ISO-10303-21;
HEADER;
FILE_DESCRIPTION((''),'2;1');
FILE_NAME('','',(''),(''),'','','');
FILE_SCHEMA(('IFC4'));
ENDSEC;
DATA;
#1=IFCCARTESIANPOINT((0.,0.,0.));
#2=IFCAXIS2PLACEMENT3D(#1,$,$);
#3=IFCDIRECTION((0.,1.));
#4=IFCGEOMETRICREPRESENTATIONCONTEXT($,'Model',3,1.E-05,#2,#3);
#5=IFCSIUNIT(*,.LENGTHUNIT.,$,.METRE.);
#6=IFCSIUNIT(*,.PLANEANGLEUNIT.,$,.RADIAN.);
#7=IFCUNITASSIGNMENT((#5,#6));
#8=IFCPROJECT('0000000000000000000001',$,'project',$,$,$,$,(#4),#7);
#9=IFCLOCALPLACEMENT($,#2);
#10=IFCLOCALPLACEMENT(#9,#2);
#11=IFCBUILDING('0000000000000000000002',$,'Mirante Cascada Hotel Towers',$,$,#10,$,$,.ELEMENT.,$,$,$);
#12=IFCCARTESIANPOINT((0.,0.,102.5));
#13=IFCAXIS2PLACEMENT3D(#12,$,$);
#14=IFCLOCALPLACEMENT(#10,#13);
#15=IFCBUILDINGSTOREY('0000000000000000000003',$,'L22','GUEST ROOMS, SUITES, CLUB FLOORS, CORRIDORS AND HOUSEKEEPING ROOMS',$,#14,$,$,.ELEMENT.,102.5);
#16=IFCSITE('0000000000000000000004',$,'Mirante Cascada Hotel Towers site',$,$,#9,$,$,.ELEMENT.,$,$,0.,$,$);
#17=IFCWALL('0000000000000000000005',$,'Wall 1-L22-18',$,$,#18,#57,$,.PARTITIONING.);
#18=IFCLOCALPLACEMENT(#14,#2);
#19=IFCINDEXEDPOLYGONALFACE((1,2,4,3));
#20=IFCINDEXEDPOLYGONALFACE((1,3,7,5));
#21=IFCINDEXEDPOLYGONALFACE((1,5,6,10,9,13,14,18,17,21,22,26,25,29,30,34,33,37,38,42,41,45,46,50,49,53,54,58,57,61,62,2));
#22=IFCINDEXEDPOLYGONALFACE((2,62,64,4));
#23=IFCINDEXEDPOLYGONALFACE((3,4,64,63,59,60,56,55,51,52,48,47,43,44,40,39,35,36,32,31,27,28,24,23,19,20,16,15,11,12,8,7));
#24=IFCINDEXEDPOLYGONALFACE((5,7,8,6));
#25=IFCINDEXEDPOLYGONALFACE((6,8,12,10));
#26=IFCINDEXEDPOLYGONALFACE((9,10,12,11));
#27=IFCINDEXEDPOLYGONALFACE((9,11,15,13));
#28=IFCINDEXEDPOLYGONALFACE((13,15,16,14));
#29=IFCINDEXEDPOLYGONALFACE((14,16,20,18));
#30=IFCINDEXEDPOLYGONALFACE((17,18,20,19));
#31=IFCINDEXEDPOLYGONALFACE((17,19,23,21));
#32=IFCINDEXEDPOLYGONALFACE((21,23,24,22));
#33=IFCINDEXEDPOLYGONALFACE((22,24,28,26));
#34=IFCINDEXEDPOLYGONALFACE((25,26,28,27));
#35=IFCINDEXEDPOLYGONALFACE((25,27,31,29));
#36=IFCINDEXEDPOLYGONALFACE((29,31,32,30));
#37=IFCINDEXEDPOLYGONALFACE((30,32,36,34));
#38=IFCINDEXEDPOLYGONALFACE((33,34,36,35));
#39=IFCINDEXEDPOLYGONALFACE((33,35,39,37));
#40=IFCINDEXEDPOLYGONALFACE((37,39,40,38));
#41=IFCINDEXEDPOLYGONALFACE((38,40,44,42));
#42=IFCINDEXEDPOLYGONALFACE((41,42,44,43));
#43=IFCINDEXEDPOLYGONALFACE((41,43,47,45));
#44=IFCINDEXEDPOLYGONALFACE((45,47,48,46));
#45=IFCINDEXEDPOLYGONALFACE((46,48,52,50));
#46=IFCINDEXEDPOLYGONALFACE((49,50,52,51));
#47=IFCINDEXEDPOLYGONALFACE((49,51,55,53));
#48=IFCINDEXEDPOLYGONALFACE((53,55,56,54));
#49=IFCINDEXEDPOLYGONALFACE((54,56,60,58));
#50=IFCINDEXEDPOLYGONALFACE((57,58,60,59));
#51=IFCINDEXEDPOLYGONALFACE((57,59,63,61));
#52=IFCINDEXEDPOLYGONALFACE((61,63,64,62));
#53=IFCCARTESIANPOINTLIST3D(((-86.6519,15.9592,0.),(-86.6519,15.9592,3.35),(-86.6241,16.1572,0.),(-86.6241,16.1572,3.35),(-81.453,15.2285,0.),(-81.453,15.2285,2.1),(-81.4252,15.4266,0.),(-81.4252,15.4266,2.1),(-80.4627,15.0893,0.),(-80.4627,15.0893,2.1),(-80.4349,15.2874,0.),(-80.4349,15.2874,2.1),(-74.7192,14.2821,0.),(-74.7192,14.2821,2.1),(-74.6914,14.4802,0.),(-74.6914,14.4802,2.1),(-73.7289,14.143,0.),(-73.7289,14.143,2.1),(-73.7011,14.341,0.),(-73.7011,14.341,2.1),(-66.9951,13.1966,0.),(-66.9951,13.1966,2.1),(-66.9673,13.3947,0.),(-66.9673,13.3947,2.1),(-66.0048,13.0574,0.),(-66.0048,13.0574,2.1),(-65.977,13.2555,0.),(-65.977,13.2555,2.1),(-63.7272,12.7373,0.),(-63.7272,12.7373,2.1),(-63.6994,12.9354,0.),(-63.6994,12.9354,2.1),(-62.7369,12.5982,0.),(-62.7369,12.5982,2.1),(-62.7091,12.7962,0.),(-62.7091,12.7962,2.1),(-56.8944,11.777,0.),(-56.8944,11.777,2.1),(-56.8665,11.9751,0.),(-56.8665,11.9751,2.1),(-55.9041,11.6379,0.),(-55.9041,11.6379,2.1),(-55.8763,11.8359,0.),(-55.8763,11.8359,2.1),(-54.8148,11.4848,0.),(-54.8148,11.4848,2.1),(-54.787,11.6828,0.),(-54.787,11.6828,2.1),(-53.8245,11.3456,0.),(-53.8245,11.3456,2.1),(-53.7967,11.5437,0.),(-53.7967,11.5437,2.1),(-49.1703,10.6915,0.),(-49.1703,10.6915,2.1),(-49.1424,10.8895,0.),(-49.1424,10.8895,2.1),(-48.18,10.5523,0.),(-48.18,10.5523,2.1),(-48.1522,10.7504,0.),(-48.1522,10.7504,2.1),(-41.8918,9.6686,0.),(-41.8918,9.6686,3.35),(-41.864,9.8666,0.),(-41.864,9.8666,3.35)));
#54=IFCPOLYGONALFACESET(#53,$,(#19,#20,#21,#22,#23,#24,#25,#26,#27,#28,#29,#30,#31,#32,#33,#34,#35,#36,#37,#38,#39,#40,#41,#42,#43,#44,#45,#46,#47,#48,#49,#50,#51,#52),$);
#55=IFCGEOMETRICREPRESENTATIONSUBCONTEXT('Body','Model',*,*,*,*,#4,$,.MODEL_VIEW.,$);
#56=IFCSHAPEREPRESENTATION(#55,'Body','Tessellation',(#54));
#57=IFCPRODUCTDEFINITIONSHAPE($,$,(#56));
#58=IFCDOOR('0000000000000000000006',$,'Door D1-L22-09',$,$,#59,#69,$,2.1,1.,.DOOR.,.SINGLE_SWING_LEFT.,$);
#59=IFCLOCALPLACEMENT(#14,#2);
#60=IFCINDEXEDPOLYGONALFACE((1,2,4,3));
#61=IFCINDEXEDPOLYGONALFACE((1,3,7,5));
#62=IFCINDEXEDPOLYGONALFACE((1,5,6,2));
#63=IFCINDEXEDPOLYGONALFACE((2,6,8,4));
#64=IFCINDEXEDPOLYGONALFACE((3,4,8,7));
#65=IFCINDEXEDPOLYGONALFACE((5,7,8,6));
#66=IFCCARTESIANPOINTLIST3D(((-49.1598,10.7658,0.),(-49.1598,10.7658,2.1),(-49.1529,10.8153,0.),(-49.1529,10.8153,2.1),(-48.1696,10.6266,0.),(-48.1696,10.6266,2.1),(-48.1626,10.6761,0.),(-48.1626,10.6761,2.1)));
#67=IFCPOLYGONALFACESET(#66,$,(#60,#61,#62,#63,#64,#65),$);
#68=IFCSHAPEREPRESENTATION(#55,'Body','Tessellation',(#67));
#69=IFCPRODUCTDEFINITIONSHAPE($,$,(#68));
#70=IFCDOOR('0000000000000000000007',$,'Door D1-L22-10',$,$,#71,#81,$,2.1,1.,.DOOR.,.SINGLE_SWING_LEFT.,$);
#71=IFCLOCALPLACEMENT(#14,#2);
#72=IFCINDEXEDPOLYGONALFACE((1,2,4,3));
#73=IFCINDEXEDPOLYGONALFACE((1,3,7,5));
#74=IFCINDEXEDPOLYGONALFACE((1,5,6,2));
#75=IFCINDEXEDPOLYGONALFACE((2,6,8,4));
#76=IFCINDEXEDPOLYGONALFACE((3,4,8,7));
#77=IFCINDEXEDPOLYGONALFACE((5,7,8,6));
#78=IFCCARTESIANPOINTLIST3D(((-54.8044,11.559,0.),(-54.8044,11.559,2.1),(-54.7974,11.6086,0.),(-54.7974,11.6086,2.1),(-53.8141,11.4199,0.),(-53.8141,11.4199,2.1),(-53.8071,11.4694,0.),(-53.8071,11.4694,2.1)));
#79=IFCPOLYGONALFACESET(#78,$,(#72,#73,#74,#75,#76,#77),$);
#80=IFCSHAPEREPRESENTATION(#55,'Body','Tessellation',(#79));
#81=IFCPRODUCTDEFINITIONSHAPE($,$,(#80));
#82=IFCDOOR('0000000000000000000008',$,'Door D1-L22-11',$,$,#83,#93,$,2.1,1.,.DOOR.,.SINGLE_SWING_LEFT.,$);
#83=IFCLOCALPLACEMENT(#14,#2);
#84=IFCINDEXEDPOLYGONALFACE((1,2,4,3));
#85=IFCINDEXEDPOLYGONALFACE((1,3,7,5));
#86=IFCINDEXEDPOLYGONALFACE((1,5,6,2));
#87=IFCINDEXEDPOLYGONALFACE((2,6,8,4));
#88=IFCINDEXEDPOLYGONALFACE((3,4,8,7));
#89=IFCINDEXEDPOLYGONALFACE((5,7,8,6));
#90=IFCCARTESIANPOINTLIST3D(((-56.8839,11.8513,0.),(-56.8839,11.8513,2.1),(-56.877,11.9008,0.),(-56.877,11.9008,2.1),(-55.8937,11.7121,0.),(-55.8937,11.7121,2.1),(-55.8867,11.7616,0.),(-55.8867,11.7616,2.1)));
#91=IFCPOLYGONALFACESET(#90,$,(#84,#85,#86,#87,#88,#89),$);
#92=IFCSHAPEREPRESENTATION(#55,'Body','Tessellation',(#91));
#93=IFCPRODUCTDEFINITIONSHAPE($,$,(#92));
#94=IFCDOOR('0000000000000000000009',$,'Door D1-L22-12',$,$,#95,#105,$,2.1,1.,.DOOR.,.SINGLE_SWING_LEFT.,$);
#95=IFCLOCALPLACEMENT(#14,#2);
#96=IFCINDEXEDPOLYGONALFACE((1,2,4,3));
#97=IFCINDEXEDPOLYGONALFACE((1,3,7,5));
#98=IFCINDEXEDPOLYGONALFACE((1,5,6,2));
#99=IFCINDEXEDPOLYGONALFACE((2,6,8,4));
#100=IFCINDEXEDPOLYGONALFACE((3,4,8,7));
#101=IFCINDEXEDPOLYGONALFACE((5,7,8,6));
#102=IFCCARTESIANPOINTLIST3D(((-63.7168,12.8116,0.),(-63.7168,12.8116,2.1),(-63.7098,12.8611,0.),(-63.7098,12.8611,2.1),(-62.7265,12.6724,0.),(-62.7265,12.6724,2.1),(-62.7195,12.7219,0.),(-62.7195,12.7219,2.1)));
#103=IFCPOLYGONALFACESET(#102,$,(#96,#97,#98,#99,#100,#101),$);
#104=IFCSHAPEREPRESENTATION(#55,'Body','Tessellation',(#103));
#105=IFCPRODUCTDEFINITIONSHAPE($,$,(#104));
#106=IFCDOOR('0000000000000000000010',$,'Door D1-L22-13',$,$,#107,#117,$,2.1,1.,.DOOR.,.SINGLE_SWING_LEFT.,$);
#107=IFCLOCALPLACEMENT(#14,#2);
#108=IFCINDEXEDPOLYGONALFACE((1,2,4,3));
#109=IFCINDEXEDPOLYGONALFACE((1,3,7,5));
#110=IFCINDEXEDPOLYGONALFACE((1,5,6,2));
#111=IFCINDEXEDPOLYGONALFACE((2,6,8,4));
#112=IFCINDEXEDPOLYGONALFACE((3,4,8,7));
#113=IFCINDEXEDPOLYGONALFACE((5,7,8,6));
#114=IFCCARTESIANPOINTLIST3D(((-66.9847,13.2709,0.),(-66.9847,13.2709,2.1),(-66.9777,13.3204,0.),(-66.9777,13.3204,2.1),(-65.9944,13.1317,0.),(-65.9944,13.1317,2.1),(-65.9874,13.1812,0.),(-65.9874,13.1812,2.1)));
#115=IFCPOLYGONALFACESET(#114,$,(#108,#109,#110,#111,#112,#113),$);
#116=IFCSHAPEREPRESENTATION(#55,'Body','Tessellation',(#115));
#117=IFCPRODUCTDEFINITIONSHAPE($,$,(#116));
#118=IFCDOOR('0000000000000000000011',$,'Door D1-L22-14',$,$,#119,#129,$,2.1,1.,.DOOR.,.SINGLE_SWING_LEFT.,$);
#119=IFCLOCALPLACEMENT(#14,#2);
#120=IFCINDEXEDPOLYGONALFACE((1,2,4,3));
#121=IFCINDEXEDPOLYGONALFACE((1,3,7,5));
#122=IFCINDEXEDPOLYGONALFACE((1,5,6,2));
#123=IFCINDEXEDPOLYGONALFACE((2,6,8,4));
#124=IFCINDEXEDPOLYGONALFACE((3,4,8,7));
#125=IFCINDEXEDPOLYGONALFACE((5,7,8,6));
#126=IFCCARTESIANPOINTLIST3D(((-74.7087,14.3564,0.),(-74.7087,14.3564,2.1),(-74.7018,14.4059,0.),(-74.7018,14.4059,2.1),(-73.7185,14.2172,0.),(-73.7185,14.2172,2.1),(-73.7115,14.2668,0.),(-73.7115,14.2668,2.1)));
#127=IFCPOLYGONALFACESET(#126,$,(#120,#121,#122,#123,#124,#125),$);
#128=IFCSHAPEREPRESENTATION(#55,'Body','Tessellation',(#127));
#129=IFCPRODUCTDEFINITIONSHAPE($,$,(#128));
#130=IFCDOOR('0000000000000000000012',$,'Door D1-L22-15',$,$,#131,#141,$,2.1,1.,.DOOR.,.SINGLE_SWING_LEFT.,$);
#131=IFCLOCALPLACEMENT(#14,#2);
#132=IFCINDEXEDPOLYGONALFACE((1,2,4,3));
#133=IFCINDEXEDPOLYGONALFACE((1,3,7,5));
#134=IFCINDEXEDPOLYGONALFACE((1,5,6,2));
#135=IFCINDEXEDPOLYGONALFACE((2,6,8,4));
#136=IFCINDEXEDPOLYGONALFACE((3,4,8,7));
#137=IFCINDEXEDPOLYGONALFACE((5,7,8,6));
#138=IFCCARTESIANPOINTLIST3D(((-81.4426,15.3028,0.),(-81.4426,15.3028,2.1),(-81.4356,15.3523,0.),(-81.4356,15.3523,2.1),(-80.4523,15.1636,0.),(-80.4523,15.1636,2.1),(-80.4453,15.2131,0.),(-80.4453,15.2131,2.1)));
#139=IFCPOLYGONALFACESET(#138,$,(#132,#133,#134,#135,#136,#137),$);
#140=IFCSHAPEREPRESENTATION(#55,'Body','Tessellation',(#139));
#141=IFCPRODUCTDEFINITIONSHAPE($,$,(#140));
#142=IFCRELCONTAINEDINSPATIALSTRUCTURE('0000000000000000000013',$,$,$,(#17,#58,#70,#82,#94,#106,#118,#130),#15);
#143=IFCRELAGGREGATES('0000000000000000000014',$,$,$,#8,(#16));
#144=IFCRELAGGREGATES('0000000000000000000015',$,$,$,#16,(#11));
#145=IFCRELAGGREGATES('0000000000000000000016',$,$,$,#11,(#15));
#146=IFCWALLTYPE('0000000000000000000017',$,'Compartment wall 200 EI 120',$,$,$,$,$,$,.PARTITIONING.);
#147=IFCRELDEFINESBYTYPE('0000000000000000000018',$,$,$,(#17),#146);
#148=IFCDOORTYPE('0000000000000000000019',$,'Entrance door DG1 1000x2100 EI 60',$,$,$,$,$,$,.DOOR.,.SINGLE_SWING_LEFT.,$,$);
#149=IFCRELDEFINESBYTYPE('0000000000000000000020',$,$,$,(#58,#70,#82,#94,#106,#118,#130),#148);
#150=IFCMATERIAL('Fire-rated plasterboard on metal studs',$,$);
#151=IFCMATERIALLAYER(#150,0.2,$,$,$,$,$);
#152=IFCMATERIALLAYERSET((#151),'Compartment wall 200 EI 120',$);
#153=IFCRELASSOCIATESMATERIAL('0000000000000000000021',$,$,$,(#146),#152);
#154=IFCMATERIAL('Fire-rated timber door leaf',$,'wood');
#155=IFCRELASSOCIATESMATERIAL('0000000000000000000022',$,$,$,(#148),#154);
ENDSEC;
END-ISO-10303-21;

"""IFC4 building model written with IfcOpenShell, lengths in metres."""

from ifc_helpers import new_model, si_unit, direction, frame, frame_2d, origin, place, context, subcontext, project, spatial, rectangle, extrude, material, layer, layer_set, type_object, element, fill, save


model = new_model("IFC4")

# Units and contexts
model_context = context("Model", 3, precision=1e-05, world=origin(), true_north=direction((0.0, 1.0)))
body_context = subcontext(model_context, "Body", "Model", "MODEL_VIEW")
ifc_project = project(units=[si_unit("LENGTHUNIT", "METRE"), si_unit("PLANEANGLEUNIT", "RADIAN")], contexts=[model_context])

# Site, building, storey
site_placement = place(None, origin())
site = spatial("IfcSite", under=ifc_project, at=site_placement, Name="Mirante Cascada Hotel Towers site", CompositionType="ELEMENT", RefElevation=0.0)
building_placement = place(site_placement, origin())
building = spatial("IfcBuilding", under=site, at=building_placement, Name="Mirante Cascada Hotel Towers", CompositionType="ELEMENT")
storey_placement = place(building_placement, frame((0.0, 0.0, 102.5)))
storey = spatial("IfcBuildingStorey", under=building, at=storey_placement, Name="L22", Description="GUEST ROOMS, SUITES, CLUB FLOORS, CORRIDORS AND HOUSEKEEPING ROOMS", CompositionType="ELEMENT", Elevation=102.5)

# Shared definitions
ifc_material_1 = material(Name="Fire-rated plasterboard on metal studs")
ifc_layer_1 = layer(ifc_material_1, 0.2)
ifc_layer_set_1 = layer_set([ifc_layer_1], Name="Compartment wall 200 EI 120")
wall_type_1 = type_object("IfcWallType", Name="Compartment wall 200 EI 120", PredefinedType="PARTITIONING", material=ifc_layer_set_1)

# Wall, openings, doors
wall_1_placement = place(storey_placement, frame((-86.638, 16.0582, 0.0), z_axis=(0.0, 0.0, 1.0), x_axis=(0.990268, -0.139173, 0.0)))
wall_1 = element("IfcWall", 1, at=wall_1_placement, inside=storey, type_object=wall_type_1, Name="Wall 1-L22-18", PredefinedType="PARTITIONING", context=body_context, shape_type="SweptSolid", body=[
    extrude(rectangle(XDim=45.2, YDim=0.2, at=frame_2d((22.6, 0.0))), origin(), (0.0, 0.0, 1.0), 3.35),
])
opening_1_placement = place(wall_1_placement, frame((37.85, 0.0, 0.0)))
opening_1 = element("IfcOpeningElement", 2, at=opening_1_placement, cuts=wall_1, PredefinedType="OPENING", context=body_context, shape_type="SweptSolid", body=[
    extrude(rectangle(XDim=1.0, YDim=2.1, at=frame_2d((0.5, 1.05))), frame((0.0, 0.1, 0.0), z_axis=(0.0, -1.0, 0.0), x_axis=(1.0, 0.0, 0.0)), (0.0, 0.0, 1.0), 0.2),
])
opening_2_placement = place(wall_1_placement, frame((32.15, 0.0, 0.0)))
opening_2 = element("IfcOpeningElement", 3, at=opening_2_placement, cuts=wall_1, PredefinedType="OPENING", context=body_context, shape_type="SweptSolid", body=[
    extrude(rectangle(XDim=1.0, YDim=2.1, at=frame_2d((0.5, 1.05))), frame((0.0, 0.1, 0.0), z_axis=(0.0, -1.0, 0.0), x_axis=(1.0, 0.0, 0.0)), (0.0, 0.0, 1.0), 0.2),
])
opening_3_placement = place(wall_1_placement, frame((30.05, 0.0, 0.0)))
opening_3 = element("IfcOpeningElement", 4, at=opening_3_placement, cuts=wall_1, PredefinedType="OPENING", context=body_context, shape_type="SweptSolid", body=[
    extrude(rectangle(XDim=1.0, YDim=2.1, at=frame_2d((0.5, 1.05))), frame((0.0, 0.1, 0.0), z_axis=(0.0, -1.0, 0.0), x_axis=(1.0, 0.0, 0.0)), (0.0, 0.0, 1.0), 0.2),
])
opening_4_placement = place(wall_1_placement, frame((23.15, 0.0, 0.0)))
opening_4 = element("IfcOpeningElement", 5, at=opening_4_placement, cuts=wall_1, PredefinedType="OPENING", context=body_context, shape_type="SweptSolid", body=[
    extrude(rectangle(XDim=1.0, YDim=2.1, at=frame_2d((0.5, 1.05))), frame((0.0, 0.1, 0.0), z_axis=(0.0, -1.0, 0.0), x_axis=(1.0, 0.0, 0.0)), (0.0, 0.0, 1.0), 0.2),
])
opening_5_placement = place(wall_1_placement, frame((19.85, 0.0, 0.0)))
opening_5 = element("IfcOpeningElement", 6, at=opening_5_placement, cuts=wall_1, PredefinedType="OPENING", context=body_context, shape_type="SweptSolid", body=[
    extrude(rectangle(XDim=1.0, YDim=2.1, at=frame_2d((0.5, 1.05))), frame((0.0, 0.1, 0.0), z_axis=(0.0, -1.0, 0.0), x_axis=(1.0, 0.0, 0.0)), (0.0, 0.0, 1.0), 0.2),
])
opening_6_placement = place(wall_1_placement, frame((12.05, 0.0, 0.0)))
opening_6 = element("IfcOpeningElement", 7, at=opening_6_placement, cuts=wall_1, PredefinedType="OPENING", context=body_context, shape_type="SweptSolid", body=[
    extrude(rectangle(XDim=1.0, YDim=2.1, at=frame_2d((0.5, 1.05))), frame((0.0, 0.1, 0.0), z_axis=(0.0, -1.0, 0.0), x_axis=(1.0, 0.0, 0.0)), (0.0, 0.0, 1.0), 0.2),
])
opening_7_placement = place(wall_1_placement, frame((5.25, 0.0, 0.0)))
opening_7 = element("IfcOpeningElement", 8, at=opening_7_placement, cuts=wall_1, PredefinedType="OPENING", context=body_context, shape_type="SweptSolid", body=[
    extrude(rectangle(XDim=1.0, YDim=2.1, at=frame_2d((0.5, 1.05))), frame((0.0, 0.1, 0.0), z_axis=(0.0, -1.0, 0.0), x_axis=(1.0, 0.0, 0.0)), (0.0, 0.0, 1.0), 0.2),
])
ifc_material_2 = material(Name="Fire-rated timber door leaf", Category="wood")
door_type_1 = type_object("IfcDoorType", Name="Entrance door DG1 1000x2100 EI 60", OperationType="SINGLE_SWING_LEFT", PredefinedType="DOOR", material=ifc_material_2)
door_1_placement = place(opening_1_placement, origin())
door_1 = element("IfcDoor", 9, at=door_1_placement, inside=storey, type_object=door_type_1, Name="Door D1-L22-09", OperationType="SINGLE_SWING_LEFT", OverallHeight=2.1, OverallWidth=1.0, PredefinedType="DOOR", context=body_context, shape_type="SweptSolid", body=[
    extrude(rectangle(XDim=1.0, YDim=2.1, at=frame_2d((0.5, 1.05))), frame((0.0, 0.025, 0.0), z_axis=(0.0, -1.0, 0.0), x_axis=(1.0, 0.0, 0.0)), (0.0, 0.0, 1.0), 0.05),
])
fill(opening_1, door_1)
door_2_placement = place(opening_2_placement, origin())
door_2 = element("IfcDoor", 10, at=door_2_placement, inside=storey, type_object=door_type_1, Name="Door D1-L22-10", OperationType="SINGLE_SWING_LEFT", OverallHeight=2.1, OverallWidth=1.0, PredefinedType="DOOR", context=body_context, shape_type="SweptSolid", body=[
    extrude(rectangle(XDim=1.0, YDim=2.1, at=frame_2d((0.5, 1.05))), frame((0.0, 0.025, 0.0), z_axis=(0.0, -1.0, 0.0), x_axis=(1.0, 0.0, 0.0)), (0.0, 0.0, 1.0), 0.05),
])
fill(opening_2, door_2)
door_3_placement = place(opening_3_placement, origin())
door_3 = element("IfcDoor", 11, at=door_3_placement, inside=storey, type_object=door_type_1, Name="Door D1-L22-11", OperationType="SINGLE_SWING_LEFT", OverallHeight=2.1, OverallWidth=1.0, PredefinedType="DOOR", context=body_context, shape_type="SweptSolid", body=[
    extrude(rectangle(XDim=1.0, YDim=2.1, at=frame_2d((0.5, 1.05))), frame((0.0, 0.025, 0.0), z_axis=(0.0, -1.0, 0.0), x_axis=(1.0, 0.0, 0.0)), (0.0, 0.0, 1.0), 0.05),
])
fill(opening_3, door_3)
door_4_placement = place(opening_4_placement, origin())
door_4 = element("IfcDoor", 12, at=door_4_placement, inside=storey, type_object=door_type_1, Name="Door D1-L22-12", OperationType="SINGLE_SWING_LEFT", OverallHeight=2.1, OverallWidth=1.0, PredefinedType="DOOR", context=body_context, shape_type="SweptSolid", body=[
    extrude(rectangle(XDim=1.0, YDim=2.1, at=frame_2d((0.5, 1.05))), frame((0.0, 0.025, 0.0), z_axis=(0.0, -1.0, 0.0), x_axis=(1.0, 0.0, 0.0)), (0.0, 0.0, 1.0), 0.05),
])
fill(opening_4, door_4)
door_5_placement = place(opening_5_placement, origin())
door_5 = element("IfcDoor", 13, at=door_5_placement, inside=storey, type_object=door_type_1, Name="Door D1-L22-13", OperationType="SINGLE_SWING_LEFT", OverallHeight=2.1, OverallWidth=1.0, PredefinedType="DOOR", context=body_context, shape_type="SweptSolid", body=[
    extrude(rectangle(XDim=1.0, YDim=2.1, at=frame_2d((0.5, 1.05))), frame((0.0, 0.025, 0.0), z_axis=(0.0, -1.0, 0.0), x_axis=(1.0, 0.0, 0.0)), (0.0, 0.0, 1.0), 0.05),
])
fill(opening_5, door_5)
door_6_placement = place(opening_6_placement, origin())
door_6 = element("IfcDoor", 14, at=door_6_placement, inside=storey, type_object=door_type_1, Name="Door D1-L22-14", OperationType="SINGLE_SWING_LEFT", OverallHeight=2.1, OverallWidth=1.0, PredefinedType="DOOR", context=body_context, shape_type="SweptSolid", body=[
    extrude(rectangle(XDim=1.0, YDim=2.1, at=frame_2d((0.5, 1.05))), frame((0.0, 0.025, 0.0), z_axis=(0.0, -1.0, 0.0), x_axis=(1.0, 0.0, 0.0)), (0.0, 0.0, 1.0), 0.05),
])
fill(opening_6, door_6)
door_7_placement = place(opening_7_placement, origin())
door_7 = element("IfcDoor", 15, at=door_7_placement, inside=storey, type_object=door_type_1, Name="Door D1-L22-15", OperationType="SINGLE_SWING_LEFT", OverallHeight=2.1, OverallWidth=1.0, PredefinedType="DOOR", context=body_context, shape_type="SweptSolid", body=[
    extrude(rectangle(XDim=1.0, YDim=2.1, at=frame_2d((0.5, 1.05))), frame((0.0, 0.025, 0.0), z_axis=(0.0, -1.0, 0.0), x_axis=(1.0, 0.0, 0.0)), (0.0, 0.0, 1.0), 0.05),
])
fill(opening_7, door_7)

save(model, "model.ifc")
